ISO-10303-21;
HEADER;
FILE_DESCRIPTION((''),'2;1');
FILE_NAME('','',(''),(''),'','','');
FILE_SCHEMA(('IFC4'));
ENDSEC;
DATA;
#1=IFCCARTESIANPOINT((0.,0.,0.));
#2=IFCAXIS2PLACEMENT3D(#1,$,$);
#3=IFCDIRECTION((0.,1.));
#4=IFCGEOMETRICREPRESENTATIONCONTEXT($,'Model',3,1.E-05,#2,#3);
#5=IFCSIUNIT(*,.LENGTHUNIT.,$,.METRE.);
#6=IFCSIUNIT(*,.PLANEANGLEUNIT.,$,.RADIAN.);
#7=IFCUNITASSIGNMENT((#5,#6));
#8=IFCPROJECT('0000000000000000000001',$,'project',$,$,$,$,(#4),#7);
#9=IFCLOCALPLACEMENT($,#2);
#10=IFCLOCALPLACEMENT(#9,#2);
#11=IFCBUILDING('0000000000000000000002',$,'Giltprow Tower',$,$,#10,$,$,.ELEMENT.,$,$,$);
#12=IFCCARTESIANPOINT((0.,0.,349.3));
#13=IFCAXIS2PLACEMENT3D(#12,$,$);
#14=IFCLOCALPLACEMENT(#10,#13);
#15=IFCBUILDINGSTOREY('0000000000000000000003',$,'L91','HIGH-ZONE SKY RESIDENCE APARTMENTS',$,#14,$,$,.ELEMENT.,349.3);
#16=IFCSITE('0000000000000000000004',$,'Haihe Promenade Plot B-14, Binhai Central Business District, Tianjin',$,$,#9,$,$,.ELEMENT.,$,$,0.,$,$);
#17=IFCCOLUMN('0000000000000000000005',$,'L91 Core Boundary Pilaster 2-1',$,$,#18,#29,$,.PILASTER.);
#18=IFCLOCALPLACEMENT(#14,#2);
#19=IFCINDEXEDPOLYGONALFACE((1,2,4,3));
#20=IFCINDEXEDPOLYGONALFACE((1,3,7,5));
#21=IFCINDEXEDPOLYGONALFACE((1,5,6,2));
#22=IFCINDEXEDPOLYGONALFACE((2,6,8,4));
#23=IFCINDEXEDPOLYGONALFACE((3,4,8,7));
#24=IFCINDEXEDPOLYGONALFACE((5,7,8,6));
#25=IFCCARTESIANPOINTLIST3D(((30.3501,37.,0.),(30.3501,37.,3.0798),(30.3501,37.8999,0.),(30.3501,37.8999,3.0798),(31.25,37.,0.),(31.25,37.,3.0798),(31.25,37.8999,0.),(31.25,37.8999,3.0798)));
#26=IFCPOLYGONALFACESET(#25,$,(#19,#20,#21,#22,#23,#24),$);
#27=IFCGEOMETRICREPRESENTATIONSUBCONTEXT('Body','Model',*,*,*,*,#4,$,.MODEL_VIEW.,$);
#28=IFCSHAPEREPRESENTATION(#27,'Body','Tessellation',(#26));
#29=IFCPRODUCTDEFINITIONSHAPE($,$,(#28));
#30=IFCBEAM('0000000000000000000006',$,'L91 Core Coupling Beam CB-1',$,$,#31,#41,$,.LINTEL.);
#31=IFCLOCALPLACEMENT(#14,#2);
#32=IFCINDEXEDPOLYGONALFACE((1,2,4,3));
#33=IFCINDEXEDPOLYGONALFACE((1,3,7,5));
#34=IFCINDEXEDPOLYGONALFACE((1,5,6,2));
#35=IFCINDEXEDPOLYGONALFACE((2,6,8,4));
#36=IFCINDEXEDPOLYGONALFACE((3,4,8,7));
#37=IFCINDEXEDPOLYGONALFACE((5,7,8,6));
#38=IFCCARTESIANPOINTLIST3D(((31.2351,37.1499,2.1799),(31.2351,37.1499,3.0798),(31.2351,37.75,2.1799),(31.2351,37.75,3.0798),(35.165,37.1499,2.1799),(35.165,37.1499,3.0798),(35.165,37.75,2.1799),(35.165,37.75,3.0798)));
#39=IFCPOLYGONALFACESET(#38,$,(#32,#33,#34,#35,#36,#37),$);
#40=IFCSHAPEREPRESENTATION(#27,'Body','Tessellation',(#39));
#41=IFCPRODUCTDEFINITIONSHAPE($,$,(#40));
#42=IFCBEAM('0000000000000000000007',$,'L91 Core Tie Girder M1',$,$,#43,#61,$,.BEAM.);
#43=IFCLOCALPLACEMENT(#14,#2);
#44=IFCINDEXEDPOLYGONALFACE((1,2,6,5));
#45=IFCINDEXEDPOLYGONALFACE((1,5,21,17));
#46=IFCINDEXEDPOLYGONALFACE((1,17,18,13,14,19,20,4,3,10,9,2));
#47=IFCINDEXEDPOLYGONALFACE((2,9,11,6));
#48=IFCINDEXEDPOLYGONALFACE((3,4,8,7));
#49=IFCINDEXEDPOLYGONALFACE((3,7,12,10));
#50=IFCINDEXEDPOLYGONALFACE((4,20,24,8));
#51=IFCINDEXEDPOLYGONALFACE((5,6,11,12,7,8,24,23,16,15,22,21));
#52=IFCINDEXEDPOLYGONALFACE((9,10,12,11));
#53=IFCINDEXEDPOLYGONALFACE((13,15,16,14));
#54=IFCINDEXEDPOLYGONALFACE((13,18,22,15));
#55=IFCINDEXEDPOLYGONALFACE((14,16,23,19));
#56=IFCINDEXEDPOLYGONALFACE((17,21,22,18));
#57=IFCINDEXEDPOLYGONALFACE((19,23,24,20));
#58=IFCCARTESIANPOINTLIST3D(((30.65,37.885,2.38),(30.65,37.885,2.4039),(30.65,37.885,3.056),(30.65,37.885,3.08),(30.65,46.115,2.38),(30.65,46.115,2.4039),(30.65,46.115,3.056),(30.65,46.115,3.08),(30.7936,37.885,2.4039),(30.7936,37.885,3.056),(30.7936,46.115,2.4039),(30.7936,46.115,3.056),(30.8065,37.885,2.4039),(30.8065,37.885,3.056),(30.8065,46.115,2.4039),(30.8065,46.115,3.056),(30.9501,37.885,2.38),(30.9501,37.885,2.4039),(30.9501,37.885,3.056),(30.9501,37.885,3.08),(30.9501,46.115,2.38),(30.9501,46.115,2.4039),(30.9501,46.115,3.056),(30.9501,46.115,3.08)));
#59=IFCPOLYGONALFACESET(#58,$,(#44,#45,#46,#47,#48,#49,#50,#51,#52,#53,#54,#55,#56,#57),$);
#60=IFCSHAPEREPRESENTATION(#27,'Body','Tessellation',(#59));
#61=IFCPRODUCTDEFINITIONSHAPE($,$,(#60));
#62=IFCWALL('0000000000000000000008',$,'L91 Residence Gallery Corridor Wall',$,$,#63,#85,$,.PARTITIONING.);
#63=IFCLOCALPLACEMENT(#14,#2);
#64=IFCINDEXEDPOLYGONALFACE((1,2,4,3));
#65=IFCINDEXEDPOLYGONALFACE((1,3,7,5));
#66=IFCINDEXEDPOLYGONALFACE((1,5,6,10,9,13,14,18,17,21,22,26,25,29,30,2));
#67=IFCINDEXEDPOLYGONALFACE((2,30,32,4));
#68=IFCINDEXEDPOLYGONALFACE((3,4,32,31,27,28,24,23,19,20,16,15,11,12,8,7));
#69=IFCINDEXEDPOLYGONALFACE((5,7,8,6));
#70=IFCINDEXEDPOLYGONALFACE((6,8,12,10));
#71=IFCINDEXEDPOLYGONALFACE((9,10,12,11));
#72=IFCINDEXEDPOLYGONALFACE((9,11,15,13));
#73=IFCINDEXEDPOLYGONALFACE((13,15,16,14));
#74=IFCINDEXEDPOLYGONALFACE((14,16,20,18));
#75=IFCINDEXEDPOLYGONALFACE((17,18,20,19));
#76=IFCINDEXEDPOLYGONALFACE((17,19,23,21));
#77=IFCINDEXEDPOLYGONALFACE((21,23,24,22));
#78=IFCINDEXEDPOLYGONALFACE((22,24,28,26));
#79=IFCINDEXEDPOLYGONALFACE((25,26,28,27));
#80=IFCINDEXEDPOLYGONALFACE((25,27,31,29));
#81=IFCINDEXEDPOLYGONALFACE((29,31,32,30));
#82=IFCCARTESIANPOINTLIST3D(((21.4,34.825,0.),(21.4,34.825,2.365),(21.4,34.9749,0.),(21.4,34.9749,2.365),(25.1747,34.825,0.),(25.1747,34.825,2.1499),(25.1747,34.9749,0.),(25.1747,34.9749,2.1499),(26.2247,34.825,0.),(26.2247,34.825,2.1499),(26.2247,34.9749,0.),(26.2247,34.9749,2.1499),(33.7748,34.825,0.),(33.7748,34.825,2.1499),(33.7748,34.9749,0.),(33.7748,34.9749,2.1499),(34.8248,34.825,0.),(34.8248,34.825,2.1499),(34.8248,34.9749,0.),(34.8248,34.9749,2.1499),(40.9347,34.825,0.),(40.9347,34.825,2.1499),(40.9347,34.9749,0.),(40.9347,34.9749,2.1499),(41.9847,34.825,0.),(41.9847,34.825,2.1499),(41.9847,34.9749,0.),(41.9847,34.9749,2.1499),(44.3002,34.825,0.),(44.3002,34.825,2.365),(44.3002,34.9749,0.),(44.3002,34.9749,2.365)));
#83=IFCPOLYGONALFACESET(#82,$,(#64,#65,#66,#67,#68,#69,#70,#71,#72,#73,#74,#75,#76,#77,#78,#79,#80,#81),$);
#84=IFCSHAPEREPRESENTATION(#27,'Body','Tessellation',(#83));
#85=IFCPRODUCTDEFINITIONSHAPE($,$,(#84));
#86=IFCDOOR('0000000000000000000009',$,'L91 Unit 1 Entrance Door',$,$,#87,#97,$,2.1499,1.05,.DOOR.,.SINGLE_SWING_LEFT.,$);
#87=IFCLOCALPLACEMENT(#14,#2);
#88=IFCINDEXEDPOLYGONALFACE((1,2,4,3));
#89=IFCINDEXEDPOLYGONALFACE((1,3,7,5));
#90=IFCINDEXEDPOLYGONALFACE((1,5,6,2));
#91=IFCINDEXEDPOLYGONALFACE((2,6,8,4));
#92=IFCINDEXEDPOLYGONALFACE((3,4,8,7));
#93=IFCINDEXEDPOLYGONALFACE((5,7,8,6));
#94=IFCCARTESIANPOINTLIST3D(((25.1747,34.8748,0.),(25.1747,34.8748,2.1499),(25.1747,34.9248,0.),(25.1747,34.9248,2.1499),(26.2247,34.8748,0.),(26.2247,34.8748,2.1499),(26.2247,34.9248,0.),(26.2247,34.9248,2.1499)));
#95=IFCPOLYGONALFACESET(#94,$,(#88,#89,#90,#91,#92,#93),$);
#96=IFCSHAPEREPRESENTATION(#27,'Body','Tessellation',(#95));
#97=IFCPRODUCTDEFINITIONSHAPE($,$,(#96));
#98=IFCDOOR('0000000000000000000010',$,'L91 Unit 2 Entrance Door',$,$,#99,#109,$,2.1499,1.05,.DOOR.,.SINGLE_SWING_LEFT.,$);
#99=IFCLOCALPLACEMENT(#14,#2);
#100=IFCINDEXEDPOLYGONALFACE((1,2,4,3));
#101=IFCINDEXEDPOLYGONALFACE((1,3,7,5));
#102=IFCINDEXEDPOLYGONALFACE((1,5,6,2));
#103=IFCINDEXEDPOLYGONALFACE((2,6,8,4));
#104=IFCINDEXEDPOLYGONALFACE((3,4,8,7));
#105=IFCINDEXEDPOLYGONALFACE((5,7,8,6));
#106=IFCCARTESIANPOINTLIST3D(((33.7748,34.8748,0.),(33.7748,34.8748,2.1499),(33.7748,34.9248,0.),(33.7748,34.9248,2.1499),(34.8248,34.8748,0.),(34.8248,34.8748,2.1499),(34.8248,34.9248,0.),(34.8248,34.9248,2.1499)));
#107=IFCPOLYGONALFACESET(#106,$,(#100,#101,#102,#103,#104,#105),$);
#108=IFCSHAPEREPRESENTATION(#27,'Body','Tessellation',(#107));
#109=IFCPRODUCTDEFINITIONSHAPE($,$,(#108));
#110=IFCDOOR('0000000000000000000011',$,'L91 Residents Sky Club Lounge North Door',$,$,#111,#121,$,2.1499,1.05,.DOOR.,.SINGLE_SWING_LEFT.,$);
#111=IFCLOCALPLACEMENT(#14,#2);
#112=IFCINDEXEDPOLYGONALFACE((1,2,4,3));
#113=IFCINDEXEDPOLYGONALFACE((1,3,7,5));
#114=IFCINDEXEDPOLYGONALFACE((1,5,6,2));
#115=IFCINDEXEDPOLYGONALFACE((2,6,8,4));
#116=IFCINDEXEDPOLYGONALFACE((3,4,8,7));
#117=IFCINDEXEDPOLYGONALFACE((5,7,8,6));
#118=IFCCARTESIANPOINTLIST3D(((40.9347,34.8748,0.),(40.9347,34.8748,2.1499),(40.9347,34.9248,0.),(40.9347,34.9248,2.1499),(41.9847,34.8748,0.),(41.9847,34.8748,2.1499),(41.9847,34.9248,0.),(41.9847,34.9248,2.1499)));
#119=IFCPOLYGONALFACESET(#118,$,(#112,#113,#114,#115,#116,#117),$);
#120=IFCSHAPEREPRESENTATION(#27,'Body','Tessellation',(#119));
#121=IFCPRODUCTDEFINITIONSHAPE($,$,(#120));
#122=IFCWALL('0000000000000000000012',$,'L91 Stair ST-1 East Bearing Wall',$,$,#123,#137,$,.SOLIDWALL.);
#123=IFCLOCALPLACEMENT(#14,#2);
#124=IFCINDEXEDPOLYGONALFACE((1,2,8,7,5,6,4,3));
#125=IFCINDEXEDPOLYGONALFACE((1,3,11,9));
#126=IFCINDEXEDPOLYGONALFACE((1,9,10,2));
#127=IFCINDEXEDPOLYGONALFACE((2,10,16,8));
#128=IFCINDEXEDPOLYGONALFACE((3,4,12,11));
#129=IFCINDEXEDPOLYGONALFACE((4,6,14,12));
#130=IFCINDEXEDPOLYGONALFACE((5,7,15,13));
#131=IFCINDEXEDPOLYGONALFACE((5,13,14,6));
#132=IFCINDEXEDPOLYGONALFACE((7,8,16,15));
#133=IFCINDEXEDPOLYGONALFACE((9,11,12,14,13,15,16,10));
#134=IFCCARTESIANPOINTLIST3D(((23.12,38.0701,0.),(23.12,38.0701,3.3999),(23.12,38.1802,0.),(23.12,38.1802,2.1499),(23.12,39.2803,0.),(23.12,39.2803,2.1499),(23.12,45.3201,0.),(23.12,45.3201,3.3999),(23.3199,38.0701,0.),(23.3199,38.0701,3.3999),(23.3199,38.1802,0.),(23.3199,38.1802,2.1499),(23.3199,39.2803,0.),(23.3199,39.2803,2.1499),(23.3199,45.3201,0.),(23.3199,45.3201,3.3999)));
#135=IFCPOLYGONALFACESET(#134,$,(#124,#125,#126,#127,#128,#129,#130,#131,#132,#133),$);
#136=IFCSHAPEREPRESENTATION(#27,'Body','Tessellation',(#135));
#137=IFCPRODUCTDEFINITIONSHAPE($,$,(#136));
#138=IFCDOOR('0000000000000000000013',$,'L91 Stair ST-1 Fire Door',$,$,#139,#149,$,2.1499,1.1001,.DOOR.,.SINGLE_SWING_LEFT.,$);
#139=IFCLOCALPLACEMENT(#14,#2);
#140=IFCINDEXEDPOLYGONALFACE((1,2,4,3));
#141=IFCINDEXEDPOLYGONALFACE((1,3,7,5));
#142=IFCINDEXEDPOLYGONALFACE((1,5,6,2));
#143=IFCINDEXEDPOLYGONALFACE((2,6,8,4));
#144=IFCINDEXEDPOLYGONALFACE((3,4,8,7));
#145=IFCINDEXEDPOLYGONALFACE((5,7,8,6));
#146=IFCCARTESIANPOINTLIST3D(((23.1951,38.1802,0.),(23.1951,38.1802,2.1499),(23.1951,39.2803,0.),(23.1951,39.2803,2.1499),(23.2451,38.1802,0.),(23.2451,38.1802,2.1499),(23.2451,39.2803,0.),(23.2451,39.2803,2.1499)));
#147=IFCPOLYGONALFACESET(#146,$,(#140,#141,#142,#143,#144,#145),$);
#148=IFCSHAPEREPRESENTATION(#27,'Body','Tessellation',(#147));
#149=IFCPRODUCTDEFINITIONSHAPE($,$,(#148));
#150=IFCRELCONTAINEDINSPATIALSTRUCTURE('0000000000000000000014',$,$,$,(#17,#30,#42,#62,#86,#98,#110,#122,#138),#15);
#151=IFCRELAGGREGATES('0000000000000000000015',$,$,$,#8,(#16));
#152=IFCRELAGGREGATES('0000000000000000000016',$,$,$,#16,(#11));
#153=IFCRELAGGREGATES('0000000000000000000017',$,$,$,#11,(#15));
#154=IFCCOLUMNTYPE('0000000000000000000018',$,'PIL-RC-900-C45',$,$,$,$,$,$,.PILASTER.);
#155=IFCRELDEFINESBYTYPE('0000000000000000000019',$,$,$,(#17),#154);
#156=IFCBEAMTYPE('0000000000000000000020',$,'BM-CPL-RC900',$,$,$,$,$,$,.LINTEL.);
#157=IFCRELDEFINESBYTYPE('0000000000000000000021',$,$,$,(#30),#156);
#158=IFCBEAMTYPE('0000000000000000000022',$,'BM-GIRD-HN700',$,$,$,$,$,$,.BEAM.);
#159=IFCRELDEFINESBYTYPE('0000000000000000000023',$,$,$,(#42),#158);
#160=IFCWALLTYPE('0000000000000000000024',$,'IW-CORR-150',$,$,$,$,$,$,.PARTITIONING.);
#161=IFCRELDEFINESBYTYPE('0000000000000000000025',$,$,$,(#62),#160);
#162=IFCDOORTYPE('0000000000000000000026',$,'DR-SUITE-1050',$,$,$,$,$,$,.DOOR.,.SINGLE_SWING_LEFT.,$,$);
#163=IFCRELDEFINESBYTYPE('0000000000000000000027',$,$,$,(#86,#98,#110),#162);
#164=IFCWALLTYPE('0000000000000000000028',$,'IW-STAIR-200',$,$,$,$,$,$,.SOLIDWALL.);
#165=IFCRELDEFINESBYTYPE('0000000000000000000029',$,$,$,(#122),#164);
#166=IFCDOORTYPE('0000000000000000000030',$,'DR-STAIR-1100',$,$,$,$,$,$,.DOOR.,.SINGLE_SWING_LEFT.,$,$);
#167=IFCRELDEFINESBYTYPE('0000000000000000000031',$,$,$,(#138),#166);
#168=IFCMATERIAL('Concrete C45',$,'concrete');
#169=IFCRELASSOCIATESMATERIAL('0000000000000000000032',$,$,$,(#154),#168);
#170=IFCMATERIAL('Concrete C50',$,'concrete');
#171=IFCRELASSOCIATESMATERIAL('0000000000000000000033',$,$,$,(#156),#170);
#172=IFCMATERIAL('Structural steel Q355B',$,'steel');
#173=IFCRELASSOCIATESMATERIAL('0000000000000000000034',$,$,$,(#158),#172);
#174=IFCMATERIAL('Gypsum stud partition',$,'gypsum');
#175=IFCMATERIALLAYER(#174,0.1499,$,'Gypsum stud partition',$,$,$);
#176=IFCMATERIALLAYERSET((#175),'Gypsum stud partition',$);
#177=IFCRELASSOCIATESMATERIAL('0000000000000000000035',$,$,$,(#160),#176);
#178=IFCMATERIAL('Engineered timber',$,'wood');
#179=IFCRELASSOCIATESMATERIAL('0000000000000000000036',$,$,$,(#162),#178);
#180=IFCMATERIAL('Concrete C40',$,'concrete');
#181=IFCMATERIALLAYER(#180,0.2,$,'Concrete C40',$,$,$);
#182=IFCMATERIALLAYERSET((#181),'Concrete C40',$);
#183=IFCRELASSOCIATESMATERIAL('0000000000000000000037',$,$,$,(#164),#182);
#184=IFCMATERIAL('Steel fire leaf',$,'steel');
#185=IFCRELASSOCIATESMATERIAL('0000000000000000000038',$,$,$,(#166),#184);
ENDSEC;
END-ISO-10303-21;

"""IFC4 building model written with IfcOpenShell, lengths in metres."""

from ifc_helpers import new_model, si_unit, direction, frame, frame_2d, origin, origin_2d, place, context, subcontext, project, spatial, rectangle, i_section, extrude, source, transform, mapped, material, layer, layer_set, material_profile, profile_set, type_object, element, fill, save


model = new_model("IFC4")

# Units and contexts
model_context = context("Model", 3, precision=1e-05, world=origin(), true_north=direction((0.0, 1.0)))
body_context = subcontext(model_context, "Body", "Model", "MODEL_VIEW")
ifc_project = project(units=[si_unit("LENGTHUNIT", "METRE"), si_unit("PLANEANGLEUNIT", "RADIAN")], contexts=[model_context])

# Site, building, storey
site_placement = place(None, origin())
site = spatial("IfcSite", under=ifc_project, at=site_placement, Name="Haihe Promenade Plot B-14, Binhai Central Business District, Tianjin", CompositionType="ELEMENT", RefElevation=0.0)
building_placement = place(site_placement, origin())
building = spatial("IfcBuilding", under=site, at=building_placement, Name="Giltprow Tower", CompositionType="ELEMENT")
storey_placement = place(building_placement, frame((0.0, 0.0, 349.3)))
storey = spatial("IfcBuildingStorey", under=building, at=storey_placement, Name="L91", Description="HIGH-ZONE SKY RESIDENCE APARTMENTS", CompositionType="ELEMENT", Elevation=349.3)

# Column
ifc_material_1 = material(Name="Concrete C45", Category="concrete")
ifc_material_profile_1 = material_profile(ifc_material_1, rectangle(XDim=0.8999, YDim=0.8999, at=origin_2d()), Name="RC 900x900")
ifc_profile_set_1 = profile_set([ifc_material_profile_1], Name="Concrete C45")
column_type = type_object("IfcColumnType", Name="PIL-RC-900-C45", PredefinedType="PILASTER", material=ifc_profile_set_1)
shared_shape_1 = source(origin(), body_context, "Body", "SweptSolid", [
    extrude(rectangle(XDim=0.8999, YDim=0.8999, at=origin_2d()), origin(), (0.0, 0.0, 1.0), 3.0798),
])
column_placement = place(storey_placement, frame((30.8, 37.45, 0.0), z_axis=(0.0, 0.0, 1.0), x_axis=(1.0, 0.0, 0.0)))
element("IfcColumn", 1, at=column_placement, inside=storey, type_object=column_type, Name="L91 Core Boundary Pilaster 2-1", PredefinedType="PILASTER", context=body_context, shape_type="MappedRepresentation", body=[
    mapped(shared_shape_1, transform((0.0, 0.0, 0.0), x_axis=(1.0, 0.0, 0.0), y_axis=(0.0, 1.0, 0.0), z_axis=(0.0, 0.0, 1.0), scale=1.0)),
])

# Beams
ifc_material_2 = material(Name="Concrete C50", Category="concrete")
ifc_material_profile_2 = material_profile(ifc_material_2, rectangle(XDim=0.6001, YDim=0.8999, at=origin_2d()), Name="RC 900x600")
ifc_profile_set_2 = profile_set([ifc_material_profile_2], Name="Concrete C50")
beam_type_1 = type_object("IfcBeamType", Name="BM-CPL-RC900", PredefinedType="LINTEL", material=ifc_profile_set_2)
shared_shape_2 = source(origin(), body_context, "Body", "SweptSolid", [
    extrude(rectangle(XDim=0.6001, YDim=0.8999, at=origin_2d()), origin(), (0.0, 0.0, 1.0), 3.9299),
])
beam_1_placement = place(storey_placement, frame((31.2351, 37.45, 2.6299), z_axis=(1.0, 0.0, 0.0), x_axis=(0.0, 1.0, 0.0)))
element("IfcBeam", 2, at=beam_1_placement, inside=storey, type_object=beam_type_1, Name="L91 Core Coupling Beam CB-1", PredefinedType="LINTEL", context=body_context, shape_type="MappedRepresentation", body=[
    mapped(shared_shape_2, transform((0.0, 0.0, 0.0), x_axis=(1.0, 0.0, 0.0), y_axis=(0.0, 1.0, 0.0), z_axis=(0.0, 0.0, 1.0), scale=1.0)),
])
ifc_material_3 = material(Name="Structural steel Q355B", Category="steel")
ifc_material_profile_3 = material_profile(ifc_material_3, i_section(OverallWidth=0.3, OverallDepth=0.7, WebThickness=0.0129, FlangeThickness=0.0239, at=origin_2d()), Name="HN 700x300x13x24")
ifc_profile_set_3 = profile_set([ifc_material_profile_3], Name="Structural steel Q355B")
beam_type_2 = type_object("IfcBeamType", Name="BM-GIRD-HN700", PredefinedType="BEAM", material=ifc_profile_set_3)
shared_shape_3 = source(origin(), body_context, "Body", "SweptSolid", [
    extrude(i_section(OverallWidth=0.3, OverallDepth=0.7, WebThickness=0.0129, FlangeThickness=0.0239, at=origin_2d()), origin(), (0.0, 0.0, 1.0), 8.23),
])
beam_2_placement = place(storey_placement, frame((30.8, 37.885, 2.73), z_axis=(0.0, 1.0, 0.0), x_axis=(-1.0, 0.0, 0.0)))
element("IfcBeam", 3, at=beam_2_placement, inside=storey, type_object=beam_type_2, Name="L91 Core Tie Girder M1", PredefinedType="BEAM", context=body_context, shape_type="MappedRepresentation", body=[
    mapped(shared_shape_3, transform((0.0, 0.0, 0.0), x_axis=(1.0, 0.0, 0.0), y_axis=(0.0, 1.0, 0.0), z_axis=(0.0, 0.0, 1.0), scale=1.0)),
])

# Wall, openings, doors
ifc_material_4 = material(Name="Gypsum stud partition", Category="gypsum")
ifc_layer_1 = layer(ifc_material_4, 0.1499, Name="Gypsum stud partition")
ifc_layer_set_1 = layer_set([ifc_layer_1], Name="Gypsum stud partition")
wall_type_1 = type_object("IfcWallType", Name="IW-CORR-150", PredefinedType="PARTITIONING", material=ifc_layer_set_1)
wall_1_placement = place(storey_placement, frame((21.3999, 34.8999, 0.0), z_axis=(0.0, 0.0, 1.0), x_axis=(1.0, 0.0, 0.0)))
wall_1 = element("IfcWall", 4, at=wall_1_placement, inside=storey, type_object=wall_type_1, Name="L91 Residence Gallery Corridor Wall", PredefinedType="PARTITIONING", context=body_context, shape_type="SweptSolid", body=[
    extrude(rectangle(XDim=22.9001, YDim=0.1499, at=frame_2d((11.4502, 0.0))), origin(), (0.0, 0.0, 1.0), 2.365),
])
opening_1_placement = place(wall_1_placement, frame((3.7749, 0.0, 0.0)))
opening_1 = element("IfcOpeningElement", 5, at=opening_1_placement, cuts=wall_1, PredefinedType="OPENING", context=body_context, shape_type="SweptSolid", body=[
    extrude(rectangle(XDim=1.05, YDim=2.1499, at=frame_2d((0.5249, 1.075))), frame((0.0, 0.085, 0.0), z_axis=(0.0, -1.0, 0.0), x_axis=(1.0, 0.0, 0.0)), (0.0, 0.0, 1.0), 0.1699),
])
opening_2_placement = place(wall_1_placement, frame((12.375, 0.0, 0.0)))
opening_2 = element("IfcOpeningElement", 6, at=opening_2_placement, cuts=wall_1, PredefinedType="OPENING", context=body_context, shape_type="SweptSolid", body=[
    extrude(rectangle(XDim=1.05, YDim=2.1499, at=frame_2d((0.5249, 1.075))), frame((0.0, 0.085, 0.0), z_axis=(0.0, -1.0, 0.0), x_axis=(1.0, 0.0, 0.0)), (0.0, 0.0, 1.0), 0.1699),
])
opening_3_placement = place(wall_1_placement, frame((19.5349, 0.0, 0.0)))
opening_3 = element("IfcOpeningElement", 7, at=opening_3_placement, cuts=wall_1, PredefinedType="OPENING", context=body_context, shape_type="SweptSolid", body=[
    extrude(rectangle(XDim=1.05, YDim=2.1499, at=frame_2d((0.5249, 1.075))), frame((0.0, 0.085, 0.0), z_axis=(0.0, -1.0, 0.0), x_axis=(1.0, 0.0, 0.0)), (0.0, 0.0, 1.0), 0.1699),
])
ifc_material_5 = material(Name="Engineered timber", Category="wood")
door_type_1 = type_object("IfcDoorType", Name="DR-SUITE-1050", OperationType="SINGLE_SWING_LEFT", PredefinedType="DOOR", material=ifc_material_5)
shared_shape_4 = source(origin(), body_context, "Body", "SweptSolid", [
    extrude(rectangle(XDim=1.05, YDim=2.1499, at=frame_2d((0.5249, 1.075))), frame((0.0, 0.0249, 0.0), z_axis=(0.0, -1.0, 0.0), x_axis=(1.0, 0.0, 0.0)), (0.0, 0.0, 1.0), 0.05),
])
door_1_placement = place(opening_1_placement, origin())
door_1 = element("IfcDoor", 8, at=door_1_placement, inside=storey, type_object=door_type_1, Name="L91 Unit 1 Entrance Door", OperationType="SINGLE_SWING_LEFT", OverallHeight=2.1499, OverallWidth=1.05, PredefinedType="DOOR", context=body_context, shape_type="MappedRepresentation", body=[
    mapped(shared_shape_4, transform((0.0, 0.0, 0.0), x_axis=(1.0, 0.0, 0.0), y_axis=(0.0, 1.0, 0.0), z_axis=(0.0, 0.0, 1.0), scale=1.0)),
])
fill(opening_1, door_1)
door_2_placement = place(opening_2_placement, origin())
door_2 = element("IfcDoor", 9, at=door_2_placement, inside=storey, type_object=door_type_1, Name="L91 Unit 2 Entrance Door", OperationType="SINGLE_SWING_LEFT", OverallHeight=2.1499, OverallWidth=1.05, PredefinedType="DOOR", context=body_context, shape_type="MappedRepresentation", body=[
    mapped(shared_shape_4, transform((0.0, 0.0, 0.0), x_axis=(1.0, 0.0, 0.0), y_axis=(0.0, 1.0, 0.0), z_axis=(0.0, 0.0, 1.0), scale=1.0)),
])
fill(opening_2, door_2)
door_3_placement = place(opening_3_placement, origin())
door_3 = element("IfcDoor", 10, at=door_3_placement, inside=storey, type_object=door_type_1, Name="L91 Residents Sky Club Lounge North Door", OperationType="SINGLE_SWING_LEFT", OverallHeight=2.1499, OverallWidth=1.05, PredefinedType="DOOR", context=body_context, shape_type="MappedRepresentation", body=[
    mapped(shared_shape_4, transform((0.0, 0.0, 0.0), x_axis=(1.0, 0.0, 0.0), y_axis=(0.0, 1.0, 0.0), z_axis=(0.0, 0.0, 1.0), scale=1.0)),
])
fill(opening_3, door_3)

# Wall, opening, door
ifc_material_6 = material(Name="Concrete C40", Category="concrete")
ifc_layer_2 = layer(ifc_material_6, 0.2, Name="Concrete C40")
ifc_layer_set_2 = layer_set([ifc_layer_2], Name="Concrete C40")
wall_type_2 = type_object("IfcWallType", Name="IW-STAIR-200", PredefinedType="SOLIDWALL", material=ifc_layer_set_2)
wall_2_placement = place(storey_placement, frame((23.22, 38.0701, 0.0), z_axis=(0.0, 0.0, 1.0), x_axis=(0.0, 1.0, 0.0)))
wall_2 = element("IfcWall", 11, at=wall_2_placement, inside=storey, type_object=wall_type_2, Name="L91 Stair ST-1 East Bearing Wall", PredefinedType="SOLIDWALL", context=body_context, shape_type="SweptSolid", body=[
    extrude(rectangle(XDim=7.25, YDim=0.2, at=frame_2d((3.625, 0.0))), origin(), (0.0, 0.0, 1.0), 3.3999),
])
opening_4_placement = place(wall_2_placement, frame((0.1101, 0.0, 0.0)))
opening_4 = element("IfcOpeningElement", 12, at=opening_4_placement, cuts=wall_2, PredefinedType="OPENING", context=body_context, shape_type="SweptSolid", body=[
    extrude(rectangle(XDim=1.1001, YDim=2.1499, at=frame_2d((0.55, 1.075))), frame((0.0, 0.1099, 0.0), z_axis=(0.0, -1.0, 0.0), x_axis=(1.0, 0.0, 0.0)), (0.0, 0.0, 1.0), 0.22),
])
ifc_material_7 = material(Name="Steel fire leaf", Category="steel")
door_type_2 = type_object("IfcDoorType", Name="DR-STAIR-1100", OperationType="SINGLE_SWING_LEFT", PredefinedType="DOOR", material=ifc_material_7)
shared_shape_5 = source(origin(), body_context, "Body", "SweptSolid", [
    extrude(rectangle(XDim=1.1001, YDim=2.1499, at=frame_2d((0.55, 1.075))), frame((0.0, 0.0249, 0.0), z_axis=(0.0, -1.0, 0.0), x_axis=(1.0, 0.0, 0.0)), (0.0, 0.0, 1.0), 0.05),
])
door_4_placement = place(opening_4_placement, origin())
door_4 = element("IfcDoor", 13, at=door_4_placement, inside=storey, type_object=door_type_2, Name="L91 Stair ST-1 Fire Door", OperationType="SINGLE_SWING_LEFT", OverallHeight=2.1499, OverallWidth=1.1001, PredefinedType="DOOR", context=body_context, shape_type="MappedRepresentation", body=[
    mapped(shared_shape_5, transform((0.0, 0.0, 0.0), x_axis=(1.0, 0.0, 0.0), y_axis=(0.0, 1.0, 0.0), z_axis=(0.0, 0.0, 1.0), scale=1.0)),
])
fill(opening_4, door_4)

save(model, "model.ifc")
